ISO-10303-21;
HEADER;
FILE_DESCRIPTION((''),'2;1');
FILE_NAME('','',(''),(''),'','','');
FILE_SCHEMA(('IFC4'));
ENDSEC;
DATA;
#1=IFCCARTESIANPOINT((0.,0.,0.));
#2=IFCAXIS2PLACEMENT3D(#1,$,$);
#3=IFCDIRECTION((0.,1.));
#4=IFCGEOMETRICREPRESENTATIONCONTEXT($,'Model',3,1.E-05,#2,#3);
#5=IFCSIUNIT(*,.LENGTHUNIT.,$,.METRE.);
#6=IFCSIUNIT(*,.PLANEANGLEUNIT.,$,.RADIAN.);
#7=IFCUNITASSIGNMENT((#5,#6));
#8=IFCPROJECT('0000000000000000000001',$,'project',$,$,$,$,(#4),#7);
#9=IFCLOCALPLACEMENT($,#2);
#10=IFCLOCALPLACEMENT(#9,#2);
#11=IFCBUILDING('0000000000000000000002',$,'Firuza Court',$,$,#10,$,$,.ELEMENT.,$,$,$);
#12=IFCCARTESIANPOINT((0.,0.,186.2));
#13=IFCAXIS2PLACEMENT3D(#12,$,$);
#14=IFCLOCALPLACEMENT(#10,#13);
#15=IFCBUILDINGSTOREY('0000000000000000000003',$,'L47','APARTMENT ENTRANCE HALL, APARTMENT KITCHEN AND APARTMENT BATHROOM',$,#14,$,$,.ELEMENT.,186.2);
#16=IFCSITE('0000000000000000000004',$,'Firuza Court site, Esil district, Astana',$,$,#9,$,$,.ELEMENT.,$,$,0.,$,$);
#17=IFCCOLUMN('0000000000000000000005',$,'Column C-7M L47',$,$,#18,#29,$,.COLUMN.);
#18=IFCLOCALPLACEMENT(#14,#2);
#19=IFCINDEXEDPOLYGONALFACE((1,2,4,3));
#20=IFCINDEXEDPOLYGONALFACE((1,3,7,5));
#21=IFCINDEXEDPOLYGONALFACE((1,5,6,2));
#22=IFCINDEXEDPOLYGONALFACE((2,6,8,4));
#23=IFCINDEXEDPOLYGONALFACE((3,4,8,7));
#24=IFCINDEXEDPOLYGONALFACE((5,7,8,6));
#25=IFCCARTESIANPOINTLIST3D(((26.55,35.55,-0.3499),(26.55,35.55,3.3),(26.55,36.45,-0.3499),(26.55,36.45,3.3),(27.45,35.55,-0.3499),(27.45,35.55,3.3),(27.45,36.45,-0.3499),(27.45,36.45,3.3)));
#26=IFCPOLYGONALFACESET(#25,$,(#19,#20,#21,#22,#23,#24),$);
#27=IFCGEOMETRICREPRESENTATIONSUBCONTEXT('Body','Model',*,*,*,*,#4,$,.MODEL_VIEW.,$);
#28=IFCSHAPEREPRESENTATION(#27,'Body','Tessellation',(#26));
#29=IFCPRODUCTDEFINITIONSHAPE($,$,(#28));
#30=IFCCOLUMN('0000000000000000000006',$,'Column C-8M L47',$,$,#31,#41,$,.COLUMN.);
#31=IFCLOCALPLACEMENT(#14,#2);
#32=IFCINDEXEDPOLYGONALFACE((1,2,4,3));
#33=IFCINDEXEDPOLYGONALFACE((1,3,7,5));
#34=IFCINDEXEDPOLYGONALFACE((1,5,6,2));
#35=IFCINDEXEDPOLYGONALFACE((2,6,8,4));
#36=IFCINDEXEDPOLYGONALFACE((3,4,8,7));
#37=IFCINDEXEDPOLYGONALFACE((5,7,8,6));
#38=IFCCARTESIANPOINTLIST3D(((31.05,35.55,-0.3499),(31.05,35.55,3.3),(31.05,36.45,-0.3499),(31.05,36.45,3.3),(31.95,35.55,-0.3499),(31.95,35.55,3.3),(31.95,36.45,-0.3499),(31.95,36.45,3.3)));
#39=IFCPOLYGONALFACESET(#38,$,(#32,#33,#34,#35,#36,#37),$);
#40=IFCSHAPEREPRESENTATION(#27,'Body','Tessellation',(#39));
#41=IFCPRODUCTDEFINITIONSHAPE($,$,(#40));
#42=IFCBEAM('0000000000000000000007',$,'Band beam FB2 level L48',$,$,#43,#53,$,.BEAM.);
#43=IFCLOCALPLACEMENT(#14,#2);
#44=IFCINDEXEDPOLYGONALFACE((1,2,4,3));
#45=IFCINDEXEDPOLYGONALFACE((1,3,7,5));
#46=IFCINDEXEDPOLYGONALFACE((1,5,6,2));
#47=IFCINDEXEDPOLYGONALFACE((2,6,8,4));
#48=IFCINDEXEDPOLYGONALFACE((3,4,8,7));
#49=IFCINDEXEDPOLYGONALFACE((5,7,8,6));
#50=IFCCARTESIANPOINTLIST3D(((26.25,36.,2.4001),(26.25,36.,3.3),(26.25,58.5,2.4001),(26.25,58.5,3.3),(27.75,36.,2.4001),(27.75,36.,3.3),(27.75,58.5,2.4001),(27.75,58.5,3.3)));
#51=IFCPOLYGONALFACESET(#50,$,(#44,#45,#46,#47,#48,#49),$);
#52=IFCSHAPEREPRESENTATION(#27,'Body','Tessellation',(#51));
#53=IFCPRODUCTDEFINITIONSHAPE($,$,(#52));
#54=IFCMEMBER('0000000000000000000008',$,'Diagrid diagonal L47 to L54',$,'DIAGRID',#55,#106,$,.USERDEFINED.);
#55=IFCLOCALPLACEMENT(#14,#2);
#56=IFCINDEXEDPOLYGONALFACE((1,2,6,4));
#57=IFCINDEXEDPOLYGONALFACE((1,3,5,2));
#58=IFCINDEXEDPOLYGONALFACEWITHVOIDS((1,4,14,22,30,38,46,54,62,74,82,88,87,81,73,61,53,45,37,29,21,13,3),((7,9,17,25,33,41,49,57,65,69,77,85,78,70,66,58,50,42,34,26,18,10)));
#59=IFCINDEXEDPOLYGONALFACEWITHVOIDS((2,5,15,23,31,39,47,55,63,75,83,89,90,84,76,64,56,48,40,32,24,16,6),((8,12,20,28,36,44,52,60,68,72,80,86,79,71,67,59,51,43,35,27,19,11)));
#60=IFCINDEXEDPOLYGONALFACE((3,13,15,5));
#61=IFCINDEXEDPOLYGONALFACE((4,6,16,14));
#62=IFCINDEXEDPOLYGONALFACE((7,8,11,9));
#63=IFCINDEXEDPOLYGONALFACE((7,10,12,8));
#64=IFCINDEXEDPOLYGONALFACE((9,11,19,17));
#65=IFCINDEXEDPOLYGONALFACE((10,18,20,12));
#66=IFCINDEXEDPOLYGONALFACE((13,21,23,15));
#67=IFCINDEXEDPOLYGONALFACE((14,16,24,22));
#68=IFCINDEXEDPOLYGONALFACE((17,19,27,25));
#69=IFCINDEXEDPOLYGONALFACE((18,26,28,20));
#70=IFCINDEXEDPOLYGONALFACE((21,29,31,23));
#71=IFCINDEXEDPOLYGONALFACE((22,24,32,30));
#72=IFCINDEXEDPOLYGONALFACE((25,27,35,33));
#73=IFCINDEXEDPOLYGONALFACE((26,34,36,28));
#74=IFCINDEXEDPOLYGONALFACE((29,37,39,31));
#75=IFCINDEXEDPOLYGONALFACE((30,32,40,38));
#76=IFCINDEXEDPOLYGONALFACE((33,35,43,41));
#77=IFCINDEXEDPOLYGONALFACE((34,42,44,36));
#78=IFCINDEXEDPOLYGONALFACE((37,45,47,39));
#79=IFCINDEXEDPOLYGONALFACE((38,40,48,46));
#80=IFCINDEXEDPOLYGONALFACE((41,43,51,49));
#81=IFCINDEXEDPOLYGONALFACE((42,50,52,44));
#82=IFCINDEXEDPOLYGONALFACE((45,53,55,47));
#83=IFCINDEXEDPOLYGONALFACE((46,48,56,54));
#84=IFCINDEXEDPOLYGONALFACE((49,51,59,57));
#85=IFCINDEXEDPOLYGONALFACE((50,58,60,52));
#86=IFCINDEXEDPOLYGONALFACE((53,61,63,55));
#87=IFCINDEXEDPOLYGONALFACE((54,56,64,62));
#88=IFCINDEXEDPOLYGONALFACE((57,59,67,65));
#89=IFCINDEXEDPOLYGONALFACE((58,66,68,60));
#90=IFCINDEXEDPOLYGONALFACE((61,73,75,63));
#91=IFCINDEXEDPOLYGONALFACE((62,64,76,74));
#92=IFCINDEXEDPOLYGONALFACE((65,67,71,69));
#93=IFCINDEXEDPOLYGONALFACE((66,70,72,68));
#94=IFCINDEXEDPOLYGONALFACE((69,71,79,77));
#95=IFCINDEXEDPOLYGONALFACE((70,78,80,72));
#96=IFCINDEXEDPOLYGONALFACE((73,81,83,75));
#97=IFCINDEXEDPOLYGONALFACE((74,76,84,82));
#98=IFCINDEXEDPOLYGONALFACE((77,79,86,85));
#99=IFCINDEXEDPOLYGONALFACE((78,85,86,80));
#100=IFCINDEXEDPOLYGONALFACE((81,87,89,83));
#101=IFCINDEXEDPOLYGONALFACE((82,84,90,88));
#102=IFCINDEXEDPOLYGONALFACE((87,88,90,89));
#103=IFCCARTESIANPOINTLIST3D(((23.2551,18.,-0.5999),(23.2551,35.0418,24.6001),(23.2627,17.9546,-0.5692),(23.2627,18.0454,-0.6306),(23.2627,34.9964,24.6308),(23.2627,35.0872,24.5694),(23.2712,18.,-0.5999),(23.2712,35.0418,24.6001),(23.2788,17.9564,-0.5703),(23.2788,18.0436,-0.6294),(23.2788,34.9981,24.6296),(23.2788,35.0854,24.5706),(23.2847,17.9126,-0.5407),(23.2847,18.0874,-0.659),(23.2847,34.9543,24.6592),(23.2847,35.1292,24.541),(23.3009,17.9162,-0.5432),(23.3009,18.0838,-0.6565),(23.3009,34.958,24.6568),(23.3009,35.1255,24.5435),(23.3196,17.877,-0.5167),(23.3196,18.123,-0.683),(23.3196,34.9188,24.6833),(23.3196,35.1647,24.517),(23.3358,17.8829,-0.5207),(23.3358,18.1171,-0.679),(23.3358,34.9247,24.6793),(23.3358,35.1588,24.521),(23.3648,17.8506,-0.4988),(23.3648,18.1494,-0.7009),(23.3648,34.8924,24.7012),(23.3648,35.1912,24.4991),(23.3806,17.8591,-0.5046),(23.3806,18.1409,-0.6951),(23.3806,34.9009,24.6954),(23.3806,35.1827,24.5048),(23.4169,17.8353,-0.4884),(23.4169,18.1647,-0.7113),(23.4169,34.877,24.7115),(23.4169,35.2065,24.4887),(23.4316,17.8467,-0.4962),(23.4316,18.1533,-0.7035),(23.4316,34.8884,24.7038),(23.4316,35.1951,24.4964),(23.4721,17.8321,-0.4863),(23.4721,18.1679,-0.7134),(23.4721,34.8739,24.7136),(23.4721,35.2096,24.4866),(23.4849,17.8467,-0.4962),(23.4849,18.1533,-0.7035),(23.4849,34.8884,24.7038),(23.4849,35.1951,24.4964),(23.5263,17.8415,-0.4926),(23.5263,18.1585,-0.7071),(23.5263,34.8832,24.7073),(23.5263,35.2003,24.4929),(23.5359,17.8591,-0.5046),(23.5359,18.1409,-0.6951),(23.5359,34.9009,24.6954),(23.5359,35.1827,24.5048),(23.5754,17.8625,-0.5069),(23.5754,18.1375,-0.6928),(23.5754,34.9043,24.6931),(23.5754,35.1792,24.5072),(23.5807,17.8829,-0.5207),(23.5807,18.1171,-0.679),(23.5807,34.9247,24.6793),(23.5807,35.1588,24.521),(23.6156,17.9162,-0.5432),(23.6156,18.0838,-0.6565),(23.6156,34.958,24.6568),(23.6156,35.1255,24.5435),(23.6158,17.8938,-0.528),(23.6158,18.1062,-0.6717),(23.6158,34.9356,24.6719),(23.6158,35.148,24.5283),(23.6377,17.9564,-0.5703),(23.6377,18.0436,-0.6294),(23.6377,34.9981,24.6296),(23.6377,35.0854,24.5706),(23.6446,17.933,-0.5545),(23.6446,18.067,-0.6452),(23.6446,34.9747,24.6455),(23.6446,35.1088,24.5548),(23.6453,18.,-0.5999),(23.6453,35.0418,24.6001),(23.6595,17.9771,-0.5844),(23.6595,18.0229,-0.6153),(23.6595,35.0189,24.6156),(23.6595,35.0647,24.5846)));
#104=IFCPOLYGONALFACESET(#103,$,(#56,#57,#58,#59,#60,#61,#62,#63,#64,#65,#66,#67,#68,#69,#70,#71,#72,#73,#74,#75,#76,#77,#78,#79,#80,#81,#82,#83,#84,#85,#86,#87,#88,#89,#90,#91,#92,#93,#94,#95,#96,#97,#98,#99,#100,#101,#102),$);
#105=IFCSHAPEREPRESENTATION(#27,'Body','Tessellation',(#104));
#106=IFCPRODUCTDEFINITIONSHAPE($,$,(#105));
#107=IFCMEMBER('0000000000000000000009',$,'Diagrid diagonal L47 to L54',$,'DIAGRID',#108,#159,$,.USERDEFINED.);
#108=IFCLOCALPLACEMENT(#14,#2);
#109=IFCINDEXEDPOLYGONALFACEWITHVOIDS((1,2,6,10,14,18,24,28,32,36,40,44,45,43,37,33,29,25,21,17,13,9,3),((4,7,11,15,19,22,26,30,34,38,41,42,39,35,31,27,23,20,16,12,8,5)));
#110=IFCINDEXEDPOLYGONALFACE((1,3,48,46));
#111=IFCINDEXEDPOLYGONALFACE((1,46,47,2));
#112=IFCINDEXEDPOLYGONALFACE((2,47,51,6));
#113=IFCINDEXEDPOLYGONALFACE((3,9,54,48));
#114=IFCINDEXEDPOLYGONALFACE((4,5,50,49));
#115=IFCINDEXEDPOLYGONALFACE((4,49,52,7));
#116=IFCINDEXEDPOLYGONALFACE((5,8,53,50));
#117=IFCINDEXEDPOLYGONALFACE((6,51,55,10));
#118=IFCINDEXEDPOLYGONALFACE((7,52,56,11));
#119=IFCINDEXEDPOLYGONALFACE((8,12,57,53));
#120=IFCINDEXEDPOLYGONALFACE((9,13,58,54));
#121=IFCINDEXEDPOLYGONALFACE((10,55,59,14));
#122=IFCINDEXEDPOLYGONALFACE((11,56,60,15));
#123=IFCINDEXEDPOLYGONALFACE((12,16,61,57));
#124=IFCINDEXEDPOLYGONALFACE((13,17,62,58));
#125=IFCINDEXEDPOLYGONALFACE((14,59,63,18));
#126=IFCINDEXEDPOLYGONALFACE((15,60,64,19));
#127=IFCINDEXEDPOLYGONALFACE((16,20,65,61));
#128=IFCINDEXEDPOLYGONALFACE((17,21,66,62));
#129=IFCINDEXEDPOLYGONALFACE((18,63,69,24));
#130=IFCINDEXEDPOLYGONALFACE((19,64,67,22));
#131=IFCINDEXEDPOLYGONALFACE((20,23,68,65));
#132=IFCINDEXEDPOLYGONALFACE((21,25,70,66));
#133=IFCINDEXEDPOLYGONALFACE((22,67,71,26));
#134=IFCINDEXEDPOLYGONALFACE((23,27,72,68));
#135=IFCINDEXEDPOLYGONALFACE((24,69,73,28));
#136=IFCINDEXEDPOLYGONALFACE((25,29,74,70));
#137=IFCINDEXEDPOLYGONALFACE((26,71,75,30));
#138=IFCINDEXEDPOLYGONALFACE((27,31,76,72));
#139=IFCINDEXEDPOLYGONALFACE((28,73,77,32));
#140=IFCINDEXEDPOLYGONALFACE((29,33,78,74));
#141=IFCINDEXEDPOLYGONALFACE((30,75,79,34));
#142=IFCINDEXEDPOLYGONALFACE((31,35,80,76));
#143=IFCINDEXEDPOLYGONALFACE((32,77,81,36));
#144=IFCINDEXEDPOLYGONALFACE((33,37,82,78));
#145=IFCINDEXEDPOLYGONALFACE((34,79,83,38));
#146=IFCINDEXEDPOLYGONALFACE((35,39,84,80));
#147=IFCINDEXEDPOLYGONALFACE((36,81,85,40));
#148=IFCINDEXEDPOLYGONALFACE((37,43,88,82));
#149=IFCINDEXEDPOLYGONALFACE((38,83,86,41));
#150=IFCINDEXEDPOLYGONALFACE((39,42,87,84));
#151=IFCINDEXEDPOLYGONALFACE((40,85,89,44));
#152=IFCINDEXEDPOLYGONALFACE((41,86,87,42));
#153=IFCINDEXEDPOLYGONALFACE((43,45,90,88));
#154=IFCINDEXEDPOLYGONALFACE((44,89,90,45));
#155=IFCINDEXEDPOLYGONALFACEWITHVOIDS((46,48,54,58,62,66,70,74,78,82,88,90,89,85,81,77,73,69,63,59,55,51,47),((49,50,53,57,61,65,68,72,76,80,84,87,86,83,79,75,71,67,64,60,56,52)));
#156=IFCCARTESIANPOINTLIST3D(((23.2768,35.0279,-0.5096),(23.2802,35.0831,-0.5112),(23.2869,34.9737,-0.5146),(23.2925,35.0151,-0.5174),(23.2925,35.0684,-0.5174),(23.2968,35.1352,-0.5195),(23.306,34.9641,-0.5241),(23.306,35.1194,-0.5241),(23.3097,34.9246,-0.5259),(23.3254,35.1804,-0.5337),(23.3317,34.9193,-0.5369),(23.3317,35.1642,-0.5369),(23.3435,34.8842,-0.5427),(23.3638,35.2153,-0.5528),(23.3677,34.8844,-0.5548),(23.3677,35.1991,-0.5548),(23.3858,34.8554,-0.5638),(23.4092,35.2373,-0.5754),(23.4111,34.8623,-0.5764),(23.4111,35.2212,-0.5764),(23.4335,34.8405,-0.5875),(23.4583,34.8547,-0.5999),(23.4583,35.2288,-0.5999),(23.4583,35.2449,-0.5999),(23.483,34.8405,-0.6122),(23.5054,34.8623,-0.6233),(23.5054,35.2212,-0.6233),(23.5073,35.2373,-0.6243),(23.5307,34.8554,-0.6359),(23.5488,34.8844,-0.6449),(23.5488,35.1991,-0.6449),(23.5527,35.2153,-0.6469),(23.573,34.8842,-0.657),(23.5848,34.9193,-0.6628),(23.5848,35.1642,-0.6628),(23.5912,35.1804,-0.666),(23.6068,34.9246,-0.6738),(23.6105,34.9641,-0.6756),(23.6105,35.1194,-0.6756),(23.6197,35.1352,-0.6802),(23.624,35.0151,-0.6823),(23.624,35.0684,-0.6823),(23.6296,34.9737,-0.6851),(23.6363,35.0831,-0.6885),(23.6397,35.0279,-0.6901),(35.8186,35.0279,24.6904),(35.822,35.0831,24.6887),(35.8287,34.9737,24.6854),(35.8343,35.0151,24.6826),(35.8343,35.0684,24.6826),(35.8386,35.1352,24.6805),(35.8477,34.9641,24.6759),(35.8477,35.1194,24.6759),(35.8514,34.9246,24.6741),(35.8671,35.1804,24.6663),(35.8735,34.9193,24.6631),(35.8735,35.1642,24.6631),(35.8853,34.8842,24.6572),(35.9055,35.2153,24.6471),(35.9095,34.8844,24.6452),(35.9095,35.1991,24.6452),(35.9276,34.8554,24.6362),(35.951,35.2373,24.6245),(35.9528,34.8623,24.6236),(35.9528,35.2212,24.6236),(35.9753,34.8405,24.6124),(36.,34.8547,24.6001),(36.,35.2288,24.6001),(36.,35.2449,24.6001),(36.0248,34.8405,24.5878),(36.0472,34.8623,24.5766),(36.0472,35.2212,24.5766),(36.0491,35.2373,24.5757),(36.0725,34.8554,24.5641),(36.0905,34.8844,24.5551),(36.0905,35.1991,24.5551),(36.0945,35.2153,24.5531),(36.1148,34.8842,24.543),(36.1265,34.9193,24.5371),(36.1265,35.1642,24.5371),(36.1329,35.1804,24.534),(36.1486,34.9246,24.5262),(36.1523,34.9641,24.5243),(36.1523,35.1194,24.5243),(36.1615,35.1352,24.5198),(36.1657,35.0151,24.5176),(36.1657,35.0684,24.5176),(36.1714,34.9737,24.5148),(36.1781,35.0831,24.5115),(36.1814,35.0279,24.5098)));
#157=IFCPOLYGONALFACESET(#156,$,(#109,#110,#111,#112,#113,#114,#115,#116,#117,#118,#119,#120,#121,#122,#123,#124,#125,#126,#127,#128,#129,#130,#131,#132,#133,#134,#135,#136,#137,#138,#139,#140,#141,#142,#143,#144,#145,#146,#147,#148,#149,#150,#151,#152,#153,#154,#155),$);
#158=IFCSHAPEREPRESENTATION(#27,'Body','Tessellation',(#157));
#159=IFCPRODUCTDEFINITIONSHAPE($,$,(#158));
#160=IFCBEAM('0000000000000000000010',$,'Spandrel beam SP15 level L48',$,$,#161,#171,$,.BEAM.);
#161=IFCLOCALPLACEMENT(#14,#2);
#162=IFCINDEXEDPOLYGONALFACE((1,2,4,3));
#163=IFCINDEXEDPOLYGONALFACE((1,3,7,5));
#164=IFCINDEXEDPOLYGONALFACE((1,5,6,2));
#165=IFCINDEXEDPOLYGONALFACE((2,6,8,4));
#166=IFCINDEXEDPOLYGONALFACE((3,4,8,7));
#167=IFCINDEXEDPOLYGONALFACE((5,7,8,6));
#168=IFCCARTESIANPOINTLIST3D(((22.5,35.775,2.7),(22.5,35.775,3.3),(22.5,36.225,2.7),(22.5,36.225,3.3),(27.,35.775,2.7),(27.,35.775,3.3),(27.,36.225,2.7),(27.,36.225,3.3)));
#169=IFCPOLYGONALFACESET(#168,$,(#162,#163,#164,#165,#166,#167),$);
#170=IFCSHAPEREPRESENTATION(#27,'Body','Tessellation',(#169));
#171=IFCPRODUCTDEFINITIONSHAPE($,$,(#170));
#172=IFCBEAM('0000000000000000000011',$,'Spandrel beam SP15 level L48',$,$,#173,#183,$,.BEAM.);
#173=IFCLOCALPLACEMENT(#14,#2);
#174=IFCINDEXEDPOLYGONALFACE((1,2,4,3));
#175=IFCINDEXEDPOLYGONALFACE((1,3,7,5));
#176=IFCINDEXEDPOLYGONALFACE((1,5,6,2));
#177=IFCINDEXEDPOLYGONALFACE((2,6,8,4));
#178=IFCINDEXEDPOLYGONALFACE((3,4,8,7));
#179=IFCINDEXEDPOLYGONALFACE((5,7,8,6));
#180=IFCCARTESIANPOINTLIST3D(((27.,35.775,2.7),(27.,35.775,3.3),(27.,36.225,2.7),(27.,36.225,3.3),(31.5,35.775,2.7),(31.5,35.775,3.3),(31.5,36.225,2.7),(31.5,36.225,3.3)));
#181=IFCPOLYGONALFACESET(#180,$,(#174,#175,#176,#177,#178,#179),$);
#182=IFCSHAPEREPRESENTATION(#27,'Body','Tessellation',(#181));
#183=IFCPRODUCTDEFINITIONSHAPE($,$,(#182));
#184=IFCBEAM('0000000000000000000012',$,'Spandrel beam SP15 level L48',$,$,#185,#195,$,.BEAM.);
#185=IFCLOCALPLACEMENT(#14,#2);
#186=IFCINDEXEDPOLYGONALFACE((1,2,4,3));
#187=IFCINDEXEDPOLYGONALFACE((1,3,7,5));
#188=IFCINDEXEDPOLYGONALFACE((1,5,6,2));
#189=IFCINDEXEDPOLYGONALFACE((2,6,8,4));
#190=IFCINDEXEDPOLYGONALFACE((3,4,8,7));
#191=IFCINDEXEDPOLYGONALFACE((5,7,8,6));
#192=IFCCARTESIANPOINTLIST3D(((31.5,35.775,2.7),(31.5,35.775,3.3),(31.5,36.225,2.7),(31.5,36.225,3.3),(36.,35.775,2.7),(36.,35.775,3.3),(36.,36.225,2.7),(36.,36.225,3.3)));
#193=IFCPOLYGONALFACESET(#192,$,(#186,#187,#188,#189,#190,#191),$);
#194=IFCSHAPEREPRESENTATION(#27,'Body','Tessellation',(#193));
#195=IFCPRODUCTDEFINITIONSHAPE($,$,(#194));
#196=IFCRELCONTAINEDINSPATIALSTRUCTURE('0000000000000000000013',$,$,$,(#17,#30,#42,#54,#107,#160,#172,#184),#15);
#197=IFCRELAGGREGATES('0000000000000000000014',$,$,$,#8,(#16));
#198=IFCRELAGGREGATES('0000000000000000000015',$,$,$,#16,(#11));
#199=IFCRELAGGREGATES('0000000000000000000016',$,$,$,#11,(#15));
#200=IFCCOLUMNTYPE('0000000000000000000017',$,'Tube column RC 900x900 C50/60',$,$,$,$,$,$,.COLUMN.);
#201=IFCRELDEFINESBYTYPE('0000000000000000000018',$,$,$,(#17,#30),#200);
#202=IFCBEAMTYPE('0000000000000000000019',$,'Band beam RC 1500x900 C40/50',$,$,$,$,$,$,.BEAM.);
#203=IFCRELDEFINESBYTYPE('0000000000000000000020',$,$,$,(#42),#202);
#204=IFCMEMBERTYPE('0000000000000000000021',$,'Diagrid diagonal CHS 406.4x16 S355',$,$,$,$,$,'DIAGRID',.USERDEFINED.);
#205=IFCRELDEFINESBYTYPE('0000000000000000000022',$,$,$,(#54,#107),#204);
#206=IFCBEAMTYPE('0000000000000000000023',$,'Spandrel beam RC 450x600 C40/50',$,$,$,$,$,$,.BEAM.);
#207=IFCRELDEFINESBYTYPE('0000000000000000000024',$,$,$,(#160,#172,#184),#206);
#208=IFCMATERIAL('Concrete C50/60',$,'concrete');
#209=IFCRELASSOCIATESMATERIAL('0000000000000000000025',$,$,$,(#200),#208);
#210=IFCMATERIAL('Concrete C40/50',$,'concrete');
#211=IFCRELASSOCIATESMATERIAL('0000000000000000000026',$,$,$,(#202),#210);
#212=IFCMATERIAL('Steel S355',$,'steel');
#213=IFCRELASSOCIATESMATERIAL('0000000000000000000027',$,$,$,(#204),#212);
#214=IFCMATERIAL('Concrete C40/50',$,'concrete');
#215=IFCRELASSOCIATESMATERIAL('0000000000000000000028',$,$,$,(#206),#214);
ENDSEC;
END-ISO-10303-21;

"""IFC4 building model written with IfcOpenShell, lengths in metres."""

from ifc_helpers import new_model, si_unit, direction, frame, origin, origin_2d, place, context, subcontext, project, spatial, rectangle, hollow_circle, extrude, material, material_profile, profile_set, type_object, element, save


model = new_model("IFC4")

# Units and contexts
model_context = context("Model", 3, precision=1e-05, world=origin(), true_north=direction((0.0, 1.0)))
body_context = subcontext(model_context, "Body", "Model", "MODEL_VIEW")
ifc_project = project(units=[si_unit("LENGTHUNIT", "METRE"), si_unit("PLANEANGLEUNIT", "RADIAN")], contexts=[model_context])

# Site, building, storey
site_placement = place(None, origin())
site = spatial("IfcSite", under=ifc_project, at=site_placement, Name="Firuza Court site, Esil district, Astana", CompositionType="ELEMENT", RefElevation=0.0)
building_placement = place(site_placement, origin())
building = spatial("IfcBuilding", under=site, at=building_placement, Name="Firuza Court", CompositionType="ELEMENT")
storey_placement = place(building_placement, frame((0.0, 0.0, 186.2)))
storey = spatial("IfcBuildingStorey", under=building, at=storey_placement, Name="L47", Description="APARTMENT ENTRANCE HALL, APARTMENT KITCHEN AND APARTMENT BATHROOM", CompositionType="ELEMENT", Elevation=186.2)

# Columns
ifc_material_1 = material(Name="Concrete C50/60", Category="concrete")
ifc_material_profile_1 = material_profile(ifc_material_1, rectangle(XDim=0.8999, YDim=0.8999, at=origin_2d()), Name="RC 900x900")
ifc_profile_set_1 = profile_set([ifc_material_profile_1], Name="Concrete C50/60")
column_type = type_object("IfcColumnType", Name="Tube column RC 900x900 C50/60", PredefinedType="COLUMN", material=ifc_profile_set_1)
for number, where, z_axis, x_axis, name in (
    (1, (27.0, 36.0, -0.3499), (0.0, 0.0, 1.0), (1.0, 0.0, 0.0), "Column C-7M L47"),
    (2, (31.5, 36.0, -0.3499), (0.0, 0.0, 1.0), (1.0, 0.0, 0.0), "Column C-8M L47"),
):
    element("IfcColumn", number, at=place(storey_placement, frame(where, z_axis=z_axis, x_axis=x_axis)), inside=storey, type_object=column_type, Name=name, PredefinedType="COLUMN", context=body_context, shape_type="SweptSolid", body=[
        extrude(rectangle(XDim=0.8999, YDim=0.8999, at=origin_2d()), origin(), (0.0, 0.0, 1.0), 3.6499),
    ])

# Beam
ifc_material_2 = material(Name="Concrete C40/50", Category="concrete")
ifc_material_profile_2 = material_profile(ifc_material_2, rectangle(XDim=1.5, YDim=0.8999, at=origin_2d()), Name="RC 1500x900")
ifc_profile_set_2 = profile_set([ifc_material_profile_2], Name="Concrete C40/50")
beam_type_1 = type_object("IfcBeamType", Name="Band beam RC 1500x900 C40/50", PredefinedType="BEAM", material=ifc_profile_set_2)
beam_placement = place(storey_placement, frame((27.0, 36.0, 2.8501), z_axis=(0.0, 1.0, 0.0), x_axis=(-1.0, 0.0, 0.0)))
element("IfcBeam", 3, at=beam_placement, inside=storey, type_object=beam_type_1, Name="Band beam FB2 level L48", PredefinedType="BEAM", context=body_context, shape_type="SweptSolid", body=[
    extrude(rectangle(XDim=1.5, YDim=0.8999, at=origin_2d()), origin(), (0.0, 0.0, 1.0), 22.5),
])

# Members
ifc_material_3 = material(Name="Steel S355", Category="steel")
ifc_material_profile_3 = material_profile(ifc_material_3, hollow_circle(Radius=0.2031, WallThickness=0.0161, at=origin_2d()), Name="CHS 406.4x16")
ifc_profile_set_3 = profile_set([ifc_material_profile_3], Name="Steel S355")
member_type = type_object("IfcMemberType", Name="Diagrid diagonal CHS 406.4x16 S355", ElementType="DIAGRID", PredefinedType="USERDEFINED", material=ifc_profile_set_3)
member_1_placement = place(storey_placement, frame((23.4583, 18.0, -0.5999), z_axis=(0.0, 0.56019, 0.828364), x_axis=(-1.0, 0.0, 0.0)))
element("IfcMember", 4, at=member_1_placement, inside=storey, type_object=member_type, Name="Diagrid diagonal L47 to L54", ObjectType="DIAGRID", PredefinedType="USERDEFINED", context=body_context, shape_type="SweptSolid", body=[
    extrude(hollow_circle(Radius=0.2031, WallThickness=0.0161, at=origin_2d()), origin(), (0.0, 0.0, 1.0), 30.4214),
])
member_2_placement = place(storey_placement, frame((23.4583, 35.0417, -0.5999), z_axis=(0.445558, 0.0, 0.895253), x_axis=(0.0, 1.0, 0.0)))
element("IfcMember", 5, at=member_2_placement, inside=storey, type_object=member_type, Name="Diagrid diagonal L47 to L54", ObjectType="DIAGRID", PredefinedType="USERDEFINED", context=body_context, shape_type="SweptSolid", body=[
    extrude(hollow_circle(Radius=0.2031, WallThickness=0.0161, at=origin_2d()), origin(), (0.0, 0.0, 1.0), 28.1484),
])

# Beams
ifc_material_4 = material(Name="Concrete C40/50", Category="concrete")
ifc_material_profile_4 = material_profile(ifc_material_4, rectangle(XDim=0.45, YDim=0.6001, at=origin_2d()), Name="RC 450x600")
ifc_profile_set_4 = profile_set([ifc_material_profile_4], Name="Concrete C40/50")
beam_type_2 = type_object("IfcBeamType", Name="Spandrel beam RC 450x600 C40/50", PredefinedType="BEAM", material=ifc_profile_set_4)
for number, where, z_axis, x_axis, name in (
    (6, (22.5, 36.0, 3.0), (1.0, 0.0, 0.0), (0.0, 1.0, 0.0), "Spandrel beam SP15 level L48"),
    (7, (27.0, 36.0, 3.0), (1.0, 0.0, 0.0), (0.0, 1.0, 0.0), "Spandrel beam SP15 level L48"),
    (8, (31.5, 36.0, 3.0), (1.0, 0.0, 0.0), (0.0, 1.0, 0.0), "Spandrel beam SP15 level L48"),
):
    element("IfcBeam", number, at=place(storey_placement, frame(where, z_axis=z_axis, x_axis=x_axis)), inside=storey, type_object=beam_type_2, Name=name, PredefinedType="BEAM", context=body_context, shape_type="SweptSolid", body=[
        extrude(rectangle(XDim=0.45, YDim=0.6001, at=origin_2d()), origin(), (0.0, 0.0, 1.0), 4.5),
    ])

save(model, "model.ifc")
